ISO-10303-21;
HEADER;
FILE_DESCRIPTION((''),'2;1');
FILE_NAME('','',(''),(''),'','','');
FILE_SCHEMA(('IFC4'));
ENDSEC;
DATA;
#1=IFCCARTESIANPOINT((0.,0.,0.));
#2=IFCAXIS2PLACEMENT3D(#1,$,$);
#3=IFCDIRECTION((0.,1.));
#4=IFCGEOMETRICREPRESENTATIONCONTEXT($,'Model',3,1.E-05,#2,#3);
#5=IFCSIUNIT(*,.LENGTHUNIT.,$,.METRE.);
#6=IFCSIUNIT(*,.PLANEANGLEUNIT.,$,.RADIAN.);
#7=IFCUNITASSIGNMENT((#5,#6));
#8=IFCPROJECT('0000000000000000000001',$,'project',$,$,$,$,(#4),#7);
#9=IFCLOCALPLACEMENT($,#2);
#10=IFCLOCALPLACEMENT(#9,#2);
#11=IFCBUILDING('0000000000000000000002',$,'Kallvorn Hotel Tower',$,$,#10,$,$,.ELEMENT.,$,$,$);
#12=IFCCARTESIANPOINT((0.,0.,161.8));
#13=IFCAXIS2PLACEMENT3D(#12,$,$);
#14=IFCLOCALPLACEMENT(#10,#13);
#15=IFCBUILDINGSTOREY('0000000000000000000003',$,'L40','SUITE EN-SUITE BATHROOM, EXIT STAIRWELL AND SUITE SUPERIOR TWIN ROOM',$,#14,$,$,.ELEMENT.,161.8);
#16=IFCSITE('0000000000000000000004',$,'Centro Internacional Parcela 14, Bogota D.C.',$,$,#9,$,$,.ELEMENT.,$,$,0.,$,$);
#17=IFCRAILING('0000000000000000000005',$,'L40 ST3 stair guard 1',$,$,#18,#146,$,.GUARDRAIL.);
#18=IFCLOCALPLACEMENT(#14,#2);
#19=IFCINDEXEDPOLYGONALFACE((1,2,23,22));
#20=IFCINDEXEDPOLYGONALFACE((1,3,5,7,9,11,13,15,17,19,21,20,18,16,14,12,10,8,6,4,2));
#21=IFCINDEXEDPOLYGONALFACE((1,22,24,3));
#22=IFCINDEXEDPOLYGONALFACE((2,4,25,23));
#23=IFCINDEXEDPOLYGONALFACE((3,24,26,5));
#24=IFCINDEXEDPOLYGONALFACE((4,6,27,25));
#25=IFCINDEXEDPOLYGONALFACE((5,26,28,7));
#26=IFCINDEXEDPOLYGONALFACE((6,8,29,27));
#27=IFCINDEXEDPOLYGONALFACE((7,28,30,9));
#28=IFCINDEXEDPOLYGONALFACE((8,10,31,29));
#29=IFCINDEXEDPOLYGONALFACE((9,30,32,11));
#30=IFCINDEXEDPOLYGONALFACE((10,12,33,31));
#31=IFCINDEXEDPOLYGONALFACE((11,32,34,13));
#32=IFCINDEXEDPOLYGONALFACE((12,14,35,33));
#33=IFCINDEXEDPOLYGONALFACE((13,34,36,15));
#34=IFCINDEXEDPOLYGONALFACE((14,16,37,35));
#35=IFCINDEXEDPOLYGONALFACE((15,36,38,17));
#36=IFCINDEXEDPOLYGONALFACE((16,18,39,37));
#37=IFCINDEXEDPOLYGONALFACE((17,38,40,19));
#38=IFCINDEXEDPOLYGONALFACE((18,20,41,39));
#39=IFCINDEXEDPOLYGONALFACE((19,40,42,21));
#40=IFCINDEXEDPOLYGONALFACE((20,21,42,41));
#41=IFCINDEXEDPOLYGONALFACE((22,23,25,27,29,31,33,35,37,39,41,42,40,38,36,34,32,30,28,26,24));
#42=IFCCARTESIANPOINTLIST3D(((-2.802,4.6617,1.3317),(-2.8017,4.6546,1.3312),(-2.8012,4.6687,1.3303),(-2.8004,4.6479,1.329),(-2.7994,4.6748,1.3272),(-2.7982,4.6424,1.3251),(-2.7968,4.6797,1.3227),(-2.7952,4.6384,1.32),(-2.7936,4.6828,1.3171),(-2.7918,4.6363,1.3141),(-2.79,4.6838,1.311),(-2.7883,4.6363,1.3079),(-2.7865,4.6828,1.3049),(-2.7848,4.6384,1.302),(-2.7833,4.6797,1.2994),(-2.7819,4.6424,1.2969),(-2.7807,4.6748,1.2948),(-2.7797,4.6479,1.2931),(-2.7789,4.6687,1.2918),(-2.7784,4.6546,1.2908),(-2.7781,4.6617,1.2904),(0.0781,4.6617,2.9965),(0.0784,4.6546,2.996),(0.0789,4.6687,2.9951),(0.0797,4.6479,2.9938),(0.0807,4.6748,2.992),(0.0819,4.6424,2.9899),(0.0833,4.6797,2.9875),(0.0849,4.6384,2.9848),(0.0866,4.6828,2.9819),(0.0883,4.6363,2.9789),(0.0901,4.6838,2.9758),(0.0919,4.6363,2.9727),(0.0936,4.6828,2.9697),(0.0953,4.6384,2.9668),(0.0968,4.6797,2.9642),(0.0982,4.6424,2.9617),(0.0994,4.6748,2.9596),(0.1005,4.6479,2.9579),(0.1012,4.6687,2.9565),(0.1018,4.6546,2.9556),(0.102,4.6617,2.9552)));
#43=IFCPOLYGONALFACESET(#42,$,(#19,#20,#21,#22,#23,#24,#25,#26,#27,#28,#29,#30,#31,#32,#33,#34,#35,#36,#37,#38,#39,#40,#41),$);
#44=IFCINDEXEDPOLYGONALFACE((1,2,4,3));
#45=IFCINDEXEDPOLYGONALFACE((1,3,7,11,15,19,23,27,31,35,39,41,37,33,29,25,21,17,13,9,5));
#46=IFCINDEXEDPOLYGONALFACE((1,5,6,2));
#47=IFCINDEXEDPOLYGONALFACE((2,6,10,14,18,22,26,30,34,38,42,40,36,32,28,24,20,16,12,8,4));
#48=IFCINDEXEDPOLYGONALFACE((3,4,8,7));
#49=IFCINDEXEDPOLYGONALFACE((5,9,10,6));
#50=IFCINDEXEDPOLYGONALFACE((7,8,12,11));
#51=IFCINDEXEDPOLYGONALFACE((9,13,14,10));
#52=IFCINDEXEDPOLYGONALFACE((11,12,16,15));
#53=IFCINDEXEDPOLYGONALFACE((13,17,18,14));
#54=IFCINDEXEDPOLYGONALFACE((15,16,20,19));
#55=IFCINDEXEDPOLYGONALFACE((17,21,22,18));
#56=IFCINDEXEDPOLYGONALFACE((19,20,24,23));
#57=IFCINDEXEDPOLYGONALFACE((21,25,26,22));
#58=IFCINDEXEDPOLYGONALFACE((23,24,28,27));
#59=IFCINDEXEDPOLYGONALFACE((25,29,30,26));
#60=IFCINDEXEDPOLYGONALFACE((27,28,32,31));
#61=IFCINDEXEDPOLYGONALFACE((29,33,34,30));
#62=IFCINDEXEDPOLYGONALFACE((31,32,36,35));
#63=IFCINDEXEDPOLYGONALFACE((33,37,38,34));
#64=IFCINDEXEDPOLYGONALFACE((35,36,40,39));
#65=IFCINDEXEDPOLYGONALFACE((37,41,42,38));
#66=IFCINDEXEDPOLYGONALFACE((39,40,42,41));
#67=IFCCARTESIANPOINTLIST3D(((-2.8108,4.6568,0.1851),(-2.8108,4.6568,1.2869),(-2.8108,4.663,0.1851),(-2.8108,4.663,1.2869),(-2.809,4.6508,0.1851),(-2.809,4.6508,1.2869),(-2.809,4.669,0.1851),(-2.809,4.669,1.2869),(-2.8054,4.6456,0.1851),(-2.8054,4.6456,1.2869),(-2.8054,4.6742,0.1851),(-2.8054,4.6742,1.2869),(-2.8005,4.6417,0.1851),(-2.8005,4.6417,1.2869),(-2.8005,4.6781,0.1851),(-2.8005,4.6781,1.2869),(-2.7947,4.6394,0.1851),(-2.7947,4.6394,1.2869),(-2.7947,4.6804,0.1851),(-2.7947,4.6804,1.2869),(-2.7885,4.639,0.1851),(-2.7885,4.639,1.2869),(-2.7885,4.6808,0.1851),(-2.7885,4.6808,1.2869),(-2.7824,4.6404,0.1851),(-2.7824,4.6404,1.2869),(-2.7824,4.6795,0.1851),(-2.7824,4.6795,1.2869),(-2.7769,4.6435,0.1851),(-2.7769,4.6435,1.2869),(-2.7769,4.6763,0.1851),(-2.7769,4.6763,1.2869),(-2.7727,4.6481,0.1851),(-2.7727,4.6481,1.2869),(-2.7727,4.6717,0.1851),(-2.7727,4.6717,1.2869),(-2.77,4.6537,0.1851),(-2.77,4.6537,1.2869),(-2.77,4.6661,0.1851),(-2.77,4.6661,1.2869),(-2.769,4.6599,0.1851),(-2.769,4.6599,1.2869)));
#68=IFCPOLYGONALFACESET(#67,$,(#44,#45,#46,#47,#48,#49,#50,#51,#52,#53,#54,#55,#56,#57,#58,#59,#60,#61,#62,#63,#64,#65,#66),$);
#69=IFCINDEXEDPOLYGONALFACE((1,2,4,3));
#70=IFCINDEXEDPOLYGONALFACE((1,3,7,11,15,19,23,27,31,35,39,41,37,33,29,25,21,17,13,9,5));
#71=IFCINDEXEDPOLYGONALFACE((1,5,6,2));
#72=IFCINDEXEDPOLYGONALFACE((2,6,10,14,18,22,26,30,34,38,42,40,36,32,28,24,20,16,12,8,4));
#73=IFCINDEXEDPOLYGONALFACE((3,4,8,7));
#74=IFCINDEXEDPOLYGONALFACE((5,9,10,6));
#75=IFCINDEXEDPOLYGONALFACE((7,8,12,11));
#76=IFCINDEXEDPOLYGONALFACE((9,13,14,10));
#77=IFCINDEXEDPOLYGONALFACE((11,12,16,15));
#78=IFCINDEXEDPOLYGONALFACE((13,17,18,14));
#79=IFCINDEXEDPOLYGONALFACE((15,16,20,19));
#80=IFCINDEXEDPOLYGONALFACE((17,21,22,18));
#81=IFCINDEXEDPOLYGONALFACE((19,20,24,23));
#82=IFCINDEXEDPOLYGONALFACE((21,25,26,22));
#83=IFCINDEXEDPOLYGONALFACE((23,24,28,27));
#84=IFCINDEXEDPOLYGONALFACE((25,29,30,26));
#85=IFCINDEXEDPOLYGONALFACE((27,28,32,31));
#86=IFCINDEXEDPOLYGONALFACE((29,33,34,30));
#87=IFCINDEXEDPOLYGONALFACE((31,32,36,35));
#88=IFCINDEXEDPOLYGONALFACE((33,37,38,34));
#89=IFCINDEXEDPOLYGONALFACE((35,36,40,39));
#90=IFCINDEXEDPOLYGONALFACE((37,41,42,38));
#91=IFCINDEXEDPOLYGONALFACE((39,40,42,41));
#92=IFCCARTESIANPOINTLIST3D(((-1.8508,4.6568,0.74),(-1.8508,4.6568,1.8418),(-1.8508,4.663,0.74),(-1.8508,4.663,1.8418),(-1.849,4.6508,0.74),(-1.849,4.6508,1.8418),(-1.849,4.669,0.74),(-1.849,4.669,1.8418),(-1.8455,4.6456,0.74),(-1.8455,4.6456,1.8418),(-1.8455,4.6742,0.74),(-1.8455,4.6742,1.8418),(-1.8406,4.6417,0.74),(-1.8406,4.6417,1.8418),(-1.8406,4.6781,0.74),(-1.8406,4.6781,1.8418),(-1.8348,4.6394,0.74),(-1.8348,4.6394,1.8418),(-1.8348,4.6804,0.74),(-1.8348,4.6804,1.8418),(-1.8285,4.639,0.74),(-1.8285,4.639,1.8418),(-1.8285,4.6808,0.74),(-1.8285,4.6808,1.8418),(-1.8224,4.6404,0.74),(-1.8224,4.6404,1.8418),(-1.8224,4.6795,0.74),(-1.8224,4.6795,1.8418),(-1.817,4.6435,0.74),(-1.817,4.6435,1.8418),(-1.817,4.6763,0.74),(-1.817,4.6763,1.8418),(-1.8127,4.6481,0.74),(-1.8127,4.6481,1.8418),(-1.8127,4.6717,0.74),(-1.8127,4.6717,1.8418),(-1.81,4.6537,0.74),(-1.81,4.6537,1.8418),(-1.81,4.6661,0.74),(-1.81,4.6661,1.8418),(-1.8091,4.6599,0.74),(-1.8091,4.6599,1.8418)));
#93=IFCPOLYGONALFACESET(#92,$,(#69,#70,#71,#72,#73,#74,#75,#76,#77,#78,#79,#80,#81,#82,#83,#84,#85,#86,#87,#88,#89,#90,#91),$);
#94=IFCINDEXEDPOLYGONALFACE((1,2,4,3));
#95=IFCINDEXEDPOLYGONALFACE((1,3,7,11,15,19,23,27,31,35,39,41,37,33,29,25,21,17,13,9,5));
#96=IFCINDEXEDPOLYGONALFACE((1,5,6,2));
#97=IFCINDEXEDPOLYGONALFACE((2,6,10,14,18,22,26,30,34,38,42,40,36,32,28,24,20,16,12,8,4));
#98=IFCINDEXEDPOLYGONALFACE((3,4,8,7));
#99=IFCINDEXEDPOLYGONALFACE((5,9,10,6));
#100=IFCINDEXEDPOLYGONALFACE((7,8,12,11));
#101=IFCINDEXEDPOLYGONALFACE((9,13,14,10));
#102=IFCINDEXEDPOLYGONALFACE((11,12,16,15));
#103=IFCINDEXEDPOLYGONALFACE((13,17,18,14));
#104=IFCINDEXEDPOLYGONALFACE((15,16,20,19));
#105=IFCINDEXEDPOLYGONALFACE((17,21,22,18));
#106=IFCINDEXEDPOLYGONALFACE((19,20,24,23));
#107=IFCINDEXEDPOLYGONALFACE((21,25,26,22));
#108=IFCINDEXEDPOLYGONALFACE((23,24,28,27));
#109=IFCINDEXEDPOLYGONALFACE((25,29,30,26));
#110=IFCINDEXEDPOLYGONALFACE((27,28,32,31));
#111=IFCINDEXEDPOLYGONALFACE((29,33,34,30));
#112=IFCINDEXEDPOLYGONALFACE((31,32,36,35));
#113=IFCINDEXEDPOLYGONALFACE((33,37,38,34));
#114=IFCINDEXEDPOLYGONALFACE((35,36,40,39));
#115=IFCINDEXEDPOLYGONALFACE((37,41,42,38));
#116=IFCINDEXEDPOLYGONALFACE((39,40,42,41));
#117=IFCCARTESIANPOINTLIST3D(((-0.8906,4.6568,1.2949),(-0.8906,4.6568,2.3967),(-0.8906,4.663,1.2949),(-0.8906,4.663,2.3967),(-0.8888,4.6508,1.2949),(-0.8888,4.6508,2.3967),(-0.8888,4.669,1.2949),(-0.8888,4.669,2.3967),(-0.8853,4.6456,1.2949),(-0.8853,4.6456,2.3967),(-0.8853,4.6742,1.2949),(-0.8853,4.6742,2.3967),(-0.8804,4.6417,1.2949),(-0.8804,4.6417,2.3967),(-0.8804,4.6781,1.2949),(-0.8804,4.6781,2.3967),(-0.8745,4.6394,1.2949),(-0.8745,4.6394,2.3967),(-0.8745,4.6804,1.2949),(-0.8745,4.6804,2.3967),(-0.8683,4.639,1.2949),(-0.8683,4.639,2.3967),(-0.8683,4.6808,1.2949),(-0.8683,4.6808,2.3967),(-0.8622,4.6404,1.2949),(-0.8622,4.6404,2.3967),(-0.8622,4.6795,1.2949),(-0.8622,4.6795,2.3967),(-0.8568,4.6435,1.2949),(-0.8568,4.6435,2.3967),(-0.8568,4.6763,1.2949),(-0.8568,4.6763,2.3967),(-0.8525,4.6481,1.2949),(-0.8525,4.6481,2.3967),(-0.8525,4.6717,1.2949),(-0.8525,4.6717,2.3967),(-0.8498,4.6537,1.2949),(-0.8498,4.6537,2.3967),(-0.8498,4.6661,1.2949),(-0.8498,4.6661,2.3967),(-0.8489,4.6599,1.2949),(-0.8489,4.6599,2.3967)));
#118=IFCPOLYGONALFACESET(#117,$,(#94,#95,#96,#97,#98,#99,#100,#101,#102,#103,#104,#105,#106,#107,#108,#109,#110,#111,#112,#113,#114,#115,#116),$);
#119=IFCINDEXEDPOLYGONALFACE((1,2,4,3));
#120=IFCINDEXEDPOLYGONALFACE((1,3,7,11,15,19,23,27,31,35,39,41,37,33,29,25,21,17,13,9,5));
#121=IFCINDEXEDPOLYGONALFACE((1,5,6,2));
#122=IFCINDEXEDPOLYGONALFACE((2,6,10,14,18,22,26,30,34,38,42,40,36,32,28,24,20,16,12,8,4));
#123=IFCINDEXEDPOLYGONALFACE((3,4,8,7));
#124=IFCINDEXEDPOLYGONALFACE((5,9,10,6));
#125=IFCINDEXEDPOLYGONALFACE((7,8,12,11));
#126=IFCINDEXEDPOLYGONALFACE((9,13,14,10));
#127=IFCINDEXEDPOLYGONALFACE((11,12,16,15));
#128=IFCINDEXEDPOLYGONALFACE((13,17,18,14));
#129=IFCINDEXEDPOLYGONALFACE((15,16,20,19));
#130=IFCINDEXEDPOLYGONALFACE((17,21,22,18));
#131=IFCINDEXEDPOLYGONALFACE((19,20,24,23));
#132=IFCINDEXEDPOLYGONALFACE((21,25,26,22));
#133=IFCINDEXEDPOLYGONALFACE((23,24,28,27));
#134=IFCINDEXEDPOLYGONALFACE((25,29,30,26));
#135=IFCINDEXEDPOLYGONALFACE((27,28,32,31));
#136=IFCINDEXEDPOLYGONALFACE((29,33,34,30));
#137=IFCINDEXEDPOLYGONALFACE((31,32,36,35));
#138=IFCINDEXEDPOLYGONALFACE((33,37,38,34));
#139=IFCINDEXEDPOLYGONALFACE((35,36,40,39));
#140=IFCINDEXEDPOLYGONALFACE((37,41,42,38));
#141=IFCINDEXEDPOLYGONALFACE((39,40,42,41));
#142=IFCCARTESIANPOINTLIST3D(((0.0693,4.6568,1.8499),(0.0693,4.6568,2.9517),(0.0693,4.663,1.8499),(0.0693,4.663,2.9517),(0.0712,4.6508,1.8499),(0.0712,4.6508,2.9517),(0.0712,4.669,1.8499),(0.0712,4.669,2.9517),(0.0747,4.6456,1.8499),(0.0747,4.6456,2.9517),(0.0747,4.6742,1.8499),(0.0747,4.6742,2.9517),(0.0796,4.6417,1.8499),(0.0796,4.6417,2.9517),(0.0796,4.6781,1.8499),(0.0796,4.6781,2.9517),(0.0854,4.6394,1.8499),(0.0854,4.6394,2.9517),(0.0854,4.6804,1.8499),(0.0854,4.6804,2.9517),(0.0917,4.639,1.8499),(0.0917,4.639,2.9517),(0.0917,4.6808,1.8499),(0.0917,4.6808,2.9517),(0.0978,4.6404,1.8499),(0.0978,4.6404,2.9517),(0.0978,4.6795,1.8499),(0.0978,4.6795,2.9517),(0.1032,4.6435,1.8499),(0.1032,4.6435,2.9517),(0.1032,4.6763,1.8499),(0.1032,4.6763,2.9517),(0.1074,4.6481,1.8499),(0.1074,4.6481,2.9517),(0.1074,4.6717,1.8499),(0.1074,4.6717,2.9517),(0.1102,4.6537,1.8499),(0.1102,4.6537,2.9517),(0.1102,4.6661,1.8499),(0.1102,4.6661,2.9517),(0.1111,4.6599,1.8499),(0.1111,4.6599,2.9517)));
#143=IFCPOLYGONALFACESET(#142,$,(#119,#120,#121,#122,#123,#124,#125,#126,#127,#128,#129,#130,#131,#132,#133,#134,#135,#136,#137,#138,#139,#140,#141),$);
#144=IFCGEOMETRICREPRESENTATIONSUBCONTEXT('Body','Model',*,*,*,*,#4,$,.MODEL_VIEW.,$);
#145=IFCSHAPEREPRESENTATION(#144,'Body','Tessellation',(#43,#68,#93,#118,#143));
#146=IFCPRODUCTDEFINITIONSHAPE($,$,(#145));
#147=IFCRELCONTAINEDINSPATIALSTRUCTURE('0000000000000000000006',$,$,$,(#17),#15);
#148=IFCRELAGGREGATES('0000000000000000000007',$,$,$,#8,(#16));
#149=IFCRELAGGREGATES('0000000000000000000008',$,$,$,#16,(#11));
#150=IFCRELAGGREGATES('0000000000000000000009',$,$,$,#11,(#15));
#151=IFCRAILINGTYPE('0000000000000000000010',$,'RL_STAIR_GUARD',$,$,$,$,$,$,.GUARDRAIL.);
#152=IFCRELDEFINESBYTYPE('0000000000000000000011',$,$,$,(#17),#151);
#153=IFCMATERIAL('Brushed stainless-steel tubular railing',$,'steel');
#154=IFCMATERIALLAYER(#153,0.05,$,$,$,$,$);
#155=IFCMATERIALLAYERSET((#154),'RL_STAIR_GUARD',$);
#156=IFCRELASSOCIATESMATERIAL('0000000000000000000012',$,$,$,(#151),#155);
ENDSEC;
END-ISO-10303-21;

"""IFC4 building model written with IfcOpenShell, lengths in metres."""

from ifc_helpers import new_model, si_unit, direction, frame, origin, origin_2d, place, context, subcontext, project, spatial, circle, extrude, material, layer, layer_set, type_object, element, save


model = new_model("IFC4")

# Units and contexts
model_context = context("Model", 3, precision=1e-05, world=origin(), true_north=direction((0.0, 1.0)))
body_context = subcontext(model_context, "Body", "Model", "MODEL_VIEW")
ifc_project = project(units=[si_unit("LENGTHUNIT", "METRE"), si_unit("PLANEANGLEUNIT", "RADIAN")], contexts=[model_context])

# Site, building, storey
site_placement = place(None, origin())
site = spatial("IfcSite", under=ifc_project, at=site_placement, Name="Centro Internacional Parcela 14, Bogota D.C.", CompositionType="ELEMENT", RefElevation=0.0)
building_placement = place(site_placement, origin())
building = spatial("IfcBuilding", under=site, at=building_placement, Name="Kallvorn Hotel Tower", CompositionType="ELEMENT")
storey_placement = place(building_placement, frame((0.0, 0.0, 161.8)))
storey = spatial("IfcBuildingStorey", under=building, at=storey_placement, Name="L40", Description="SUITE EN-SUITE BATHROOM, EXIT STAIRWELL AND SUITE SUPERIOR TWIN ROOM", CompositionType="ELEMENT", Elevation=161.8)

# Railing
ifc_material_1 = material(Name="Brushed stainless-steel tubular railing", Category="steel")
ifc_layer_1 = layer(ifc_material_1, 0.05)
ifc_layer_set_1 = layer_set([ifc_layer_1], Name="RL_STAIR_GUARD")
railing_type_1 = type_object("IfcRailingType", Name="RL_STAIR_GUARD", PredefinedType="GUARDRAIL", material=ifc_layer_set_1)
railing_1_placement = place(storey_placement, frame((-2.79, 4.6599, 0.1851)))
element("IfcRailing", 1, at=railing_1_placement, inside=storey, type_object=railing_type_1, Name="L40 ST3 stair guard 1", PredefinedType="GUARDRAIL", context=body_context, shape_type="SweptSolid", body=[
    extrude(circle(Radius=0.0239, at=origin_2d()), frame((0.0, 0.0, 1.126), z_axis=(0.865771, 0.0, 0.50044), x_axis=(0.0, 1.0, 0.0)), (0.0, 0.0, 1.0), 3.3267),
    extrude(circle(Radius=0.021, at=origin_2d()), origin(), (0.0, 0.0, 1.0), 1.1018),
    extrude(circle(Radius=0.021, at=origin_2d()), frame((0.96, 0.0, 0.5549)), (0.0, 0.0, 1.0), 1.1018),
    extrude(circle(Radius=0.021, at=origin_2d()), frame((1.9202, 0.0, 1.1099)), (0.0, 0.0, 1.0), 1.1018),
    extrude(circle(Radius=0.021, at=origin_2d()), frame((2.8801, 0.0, 1.6648)), (0.0, 0.0, 1.0), 1.1018),
])

save(model, "model.ifc")
